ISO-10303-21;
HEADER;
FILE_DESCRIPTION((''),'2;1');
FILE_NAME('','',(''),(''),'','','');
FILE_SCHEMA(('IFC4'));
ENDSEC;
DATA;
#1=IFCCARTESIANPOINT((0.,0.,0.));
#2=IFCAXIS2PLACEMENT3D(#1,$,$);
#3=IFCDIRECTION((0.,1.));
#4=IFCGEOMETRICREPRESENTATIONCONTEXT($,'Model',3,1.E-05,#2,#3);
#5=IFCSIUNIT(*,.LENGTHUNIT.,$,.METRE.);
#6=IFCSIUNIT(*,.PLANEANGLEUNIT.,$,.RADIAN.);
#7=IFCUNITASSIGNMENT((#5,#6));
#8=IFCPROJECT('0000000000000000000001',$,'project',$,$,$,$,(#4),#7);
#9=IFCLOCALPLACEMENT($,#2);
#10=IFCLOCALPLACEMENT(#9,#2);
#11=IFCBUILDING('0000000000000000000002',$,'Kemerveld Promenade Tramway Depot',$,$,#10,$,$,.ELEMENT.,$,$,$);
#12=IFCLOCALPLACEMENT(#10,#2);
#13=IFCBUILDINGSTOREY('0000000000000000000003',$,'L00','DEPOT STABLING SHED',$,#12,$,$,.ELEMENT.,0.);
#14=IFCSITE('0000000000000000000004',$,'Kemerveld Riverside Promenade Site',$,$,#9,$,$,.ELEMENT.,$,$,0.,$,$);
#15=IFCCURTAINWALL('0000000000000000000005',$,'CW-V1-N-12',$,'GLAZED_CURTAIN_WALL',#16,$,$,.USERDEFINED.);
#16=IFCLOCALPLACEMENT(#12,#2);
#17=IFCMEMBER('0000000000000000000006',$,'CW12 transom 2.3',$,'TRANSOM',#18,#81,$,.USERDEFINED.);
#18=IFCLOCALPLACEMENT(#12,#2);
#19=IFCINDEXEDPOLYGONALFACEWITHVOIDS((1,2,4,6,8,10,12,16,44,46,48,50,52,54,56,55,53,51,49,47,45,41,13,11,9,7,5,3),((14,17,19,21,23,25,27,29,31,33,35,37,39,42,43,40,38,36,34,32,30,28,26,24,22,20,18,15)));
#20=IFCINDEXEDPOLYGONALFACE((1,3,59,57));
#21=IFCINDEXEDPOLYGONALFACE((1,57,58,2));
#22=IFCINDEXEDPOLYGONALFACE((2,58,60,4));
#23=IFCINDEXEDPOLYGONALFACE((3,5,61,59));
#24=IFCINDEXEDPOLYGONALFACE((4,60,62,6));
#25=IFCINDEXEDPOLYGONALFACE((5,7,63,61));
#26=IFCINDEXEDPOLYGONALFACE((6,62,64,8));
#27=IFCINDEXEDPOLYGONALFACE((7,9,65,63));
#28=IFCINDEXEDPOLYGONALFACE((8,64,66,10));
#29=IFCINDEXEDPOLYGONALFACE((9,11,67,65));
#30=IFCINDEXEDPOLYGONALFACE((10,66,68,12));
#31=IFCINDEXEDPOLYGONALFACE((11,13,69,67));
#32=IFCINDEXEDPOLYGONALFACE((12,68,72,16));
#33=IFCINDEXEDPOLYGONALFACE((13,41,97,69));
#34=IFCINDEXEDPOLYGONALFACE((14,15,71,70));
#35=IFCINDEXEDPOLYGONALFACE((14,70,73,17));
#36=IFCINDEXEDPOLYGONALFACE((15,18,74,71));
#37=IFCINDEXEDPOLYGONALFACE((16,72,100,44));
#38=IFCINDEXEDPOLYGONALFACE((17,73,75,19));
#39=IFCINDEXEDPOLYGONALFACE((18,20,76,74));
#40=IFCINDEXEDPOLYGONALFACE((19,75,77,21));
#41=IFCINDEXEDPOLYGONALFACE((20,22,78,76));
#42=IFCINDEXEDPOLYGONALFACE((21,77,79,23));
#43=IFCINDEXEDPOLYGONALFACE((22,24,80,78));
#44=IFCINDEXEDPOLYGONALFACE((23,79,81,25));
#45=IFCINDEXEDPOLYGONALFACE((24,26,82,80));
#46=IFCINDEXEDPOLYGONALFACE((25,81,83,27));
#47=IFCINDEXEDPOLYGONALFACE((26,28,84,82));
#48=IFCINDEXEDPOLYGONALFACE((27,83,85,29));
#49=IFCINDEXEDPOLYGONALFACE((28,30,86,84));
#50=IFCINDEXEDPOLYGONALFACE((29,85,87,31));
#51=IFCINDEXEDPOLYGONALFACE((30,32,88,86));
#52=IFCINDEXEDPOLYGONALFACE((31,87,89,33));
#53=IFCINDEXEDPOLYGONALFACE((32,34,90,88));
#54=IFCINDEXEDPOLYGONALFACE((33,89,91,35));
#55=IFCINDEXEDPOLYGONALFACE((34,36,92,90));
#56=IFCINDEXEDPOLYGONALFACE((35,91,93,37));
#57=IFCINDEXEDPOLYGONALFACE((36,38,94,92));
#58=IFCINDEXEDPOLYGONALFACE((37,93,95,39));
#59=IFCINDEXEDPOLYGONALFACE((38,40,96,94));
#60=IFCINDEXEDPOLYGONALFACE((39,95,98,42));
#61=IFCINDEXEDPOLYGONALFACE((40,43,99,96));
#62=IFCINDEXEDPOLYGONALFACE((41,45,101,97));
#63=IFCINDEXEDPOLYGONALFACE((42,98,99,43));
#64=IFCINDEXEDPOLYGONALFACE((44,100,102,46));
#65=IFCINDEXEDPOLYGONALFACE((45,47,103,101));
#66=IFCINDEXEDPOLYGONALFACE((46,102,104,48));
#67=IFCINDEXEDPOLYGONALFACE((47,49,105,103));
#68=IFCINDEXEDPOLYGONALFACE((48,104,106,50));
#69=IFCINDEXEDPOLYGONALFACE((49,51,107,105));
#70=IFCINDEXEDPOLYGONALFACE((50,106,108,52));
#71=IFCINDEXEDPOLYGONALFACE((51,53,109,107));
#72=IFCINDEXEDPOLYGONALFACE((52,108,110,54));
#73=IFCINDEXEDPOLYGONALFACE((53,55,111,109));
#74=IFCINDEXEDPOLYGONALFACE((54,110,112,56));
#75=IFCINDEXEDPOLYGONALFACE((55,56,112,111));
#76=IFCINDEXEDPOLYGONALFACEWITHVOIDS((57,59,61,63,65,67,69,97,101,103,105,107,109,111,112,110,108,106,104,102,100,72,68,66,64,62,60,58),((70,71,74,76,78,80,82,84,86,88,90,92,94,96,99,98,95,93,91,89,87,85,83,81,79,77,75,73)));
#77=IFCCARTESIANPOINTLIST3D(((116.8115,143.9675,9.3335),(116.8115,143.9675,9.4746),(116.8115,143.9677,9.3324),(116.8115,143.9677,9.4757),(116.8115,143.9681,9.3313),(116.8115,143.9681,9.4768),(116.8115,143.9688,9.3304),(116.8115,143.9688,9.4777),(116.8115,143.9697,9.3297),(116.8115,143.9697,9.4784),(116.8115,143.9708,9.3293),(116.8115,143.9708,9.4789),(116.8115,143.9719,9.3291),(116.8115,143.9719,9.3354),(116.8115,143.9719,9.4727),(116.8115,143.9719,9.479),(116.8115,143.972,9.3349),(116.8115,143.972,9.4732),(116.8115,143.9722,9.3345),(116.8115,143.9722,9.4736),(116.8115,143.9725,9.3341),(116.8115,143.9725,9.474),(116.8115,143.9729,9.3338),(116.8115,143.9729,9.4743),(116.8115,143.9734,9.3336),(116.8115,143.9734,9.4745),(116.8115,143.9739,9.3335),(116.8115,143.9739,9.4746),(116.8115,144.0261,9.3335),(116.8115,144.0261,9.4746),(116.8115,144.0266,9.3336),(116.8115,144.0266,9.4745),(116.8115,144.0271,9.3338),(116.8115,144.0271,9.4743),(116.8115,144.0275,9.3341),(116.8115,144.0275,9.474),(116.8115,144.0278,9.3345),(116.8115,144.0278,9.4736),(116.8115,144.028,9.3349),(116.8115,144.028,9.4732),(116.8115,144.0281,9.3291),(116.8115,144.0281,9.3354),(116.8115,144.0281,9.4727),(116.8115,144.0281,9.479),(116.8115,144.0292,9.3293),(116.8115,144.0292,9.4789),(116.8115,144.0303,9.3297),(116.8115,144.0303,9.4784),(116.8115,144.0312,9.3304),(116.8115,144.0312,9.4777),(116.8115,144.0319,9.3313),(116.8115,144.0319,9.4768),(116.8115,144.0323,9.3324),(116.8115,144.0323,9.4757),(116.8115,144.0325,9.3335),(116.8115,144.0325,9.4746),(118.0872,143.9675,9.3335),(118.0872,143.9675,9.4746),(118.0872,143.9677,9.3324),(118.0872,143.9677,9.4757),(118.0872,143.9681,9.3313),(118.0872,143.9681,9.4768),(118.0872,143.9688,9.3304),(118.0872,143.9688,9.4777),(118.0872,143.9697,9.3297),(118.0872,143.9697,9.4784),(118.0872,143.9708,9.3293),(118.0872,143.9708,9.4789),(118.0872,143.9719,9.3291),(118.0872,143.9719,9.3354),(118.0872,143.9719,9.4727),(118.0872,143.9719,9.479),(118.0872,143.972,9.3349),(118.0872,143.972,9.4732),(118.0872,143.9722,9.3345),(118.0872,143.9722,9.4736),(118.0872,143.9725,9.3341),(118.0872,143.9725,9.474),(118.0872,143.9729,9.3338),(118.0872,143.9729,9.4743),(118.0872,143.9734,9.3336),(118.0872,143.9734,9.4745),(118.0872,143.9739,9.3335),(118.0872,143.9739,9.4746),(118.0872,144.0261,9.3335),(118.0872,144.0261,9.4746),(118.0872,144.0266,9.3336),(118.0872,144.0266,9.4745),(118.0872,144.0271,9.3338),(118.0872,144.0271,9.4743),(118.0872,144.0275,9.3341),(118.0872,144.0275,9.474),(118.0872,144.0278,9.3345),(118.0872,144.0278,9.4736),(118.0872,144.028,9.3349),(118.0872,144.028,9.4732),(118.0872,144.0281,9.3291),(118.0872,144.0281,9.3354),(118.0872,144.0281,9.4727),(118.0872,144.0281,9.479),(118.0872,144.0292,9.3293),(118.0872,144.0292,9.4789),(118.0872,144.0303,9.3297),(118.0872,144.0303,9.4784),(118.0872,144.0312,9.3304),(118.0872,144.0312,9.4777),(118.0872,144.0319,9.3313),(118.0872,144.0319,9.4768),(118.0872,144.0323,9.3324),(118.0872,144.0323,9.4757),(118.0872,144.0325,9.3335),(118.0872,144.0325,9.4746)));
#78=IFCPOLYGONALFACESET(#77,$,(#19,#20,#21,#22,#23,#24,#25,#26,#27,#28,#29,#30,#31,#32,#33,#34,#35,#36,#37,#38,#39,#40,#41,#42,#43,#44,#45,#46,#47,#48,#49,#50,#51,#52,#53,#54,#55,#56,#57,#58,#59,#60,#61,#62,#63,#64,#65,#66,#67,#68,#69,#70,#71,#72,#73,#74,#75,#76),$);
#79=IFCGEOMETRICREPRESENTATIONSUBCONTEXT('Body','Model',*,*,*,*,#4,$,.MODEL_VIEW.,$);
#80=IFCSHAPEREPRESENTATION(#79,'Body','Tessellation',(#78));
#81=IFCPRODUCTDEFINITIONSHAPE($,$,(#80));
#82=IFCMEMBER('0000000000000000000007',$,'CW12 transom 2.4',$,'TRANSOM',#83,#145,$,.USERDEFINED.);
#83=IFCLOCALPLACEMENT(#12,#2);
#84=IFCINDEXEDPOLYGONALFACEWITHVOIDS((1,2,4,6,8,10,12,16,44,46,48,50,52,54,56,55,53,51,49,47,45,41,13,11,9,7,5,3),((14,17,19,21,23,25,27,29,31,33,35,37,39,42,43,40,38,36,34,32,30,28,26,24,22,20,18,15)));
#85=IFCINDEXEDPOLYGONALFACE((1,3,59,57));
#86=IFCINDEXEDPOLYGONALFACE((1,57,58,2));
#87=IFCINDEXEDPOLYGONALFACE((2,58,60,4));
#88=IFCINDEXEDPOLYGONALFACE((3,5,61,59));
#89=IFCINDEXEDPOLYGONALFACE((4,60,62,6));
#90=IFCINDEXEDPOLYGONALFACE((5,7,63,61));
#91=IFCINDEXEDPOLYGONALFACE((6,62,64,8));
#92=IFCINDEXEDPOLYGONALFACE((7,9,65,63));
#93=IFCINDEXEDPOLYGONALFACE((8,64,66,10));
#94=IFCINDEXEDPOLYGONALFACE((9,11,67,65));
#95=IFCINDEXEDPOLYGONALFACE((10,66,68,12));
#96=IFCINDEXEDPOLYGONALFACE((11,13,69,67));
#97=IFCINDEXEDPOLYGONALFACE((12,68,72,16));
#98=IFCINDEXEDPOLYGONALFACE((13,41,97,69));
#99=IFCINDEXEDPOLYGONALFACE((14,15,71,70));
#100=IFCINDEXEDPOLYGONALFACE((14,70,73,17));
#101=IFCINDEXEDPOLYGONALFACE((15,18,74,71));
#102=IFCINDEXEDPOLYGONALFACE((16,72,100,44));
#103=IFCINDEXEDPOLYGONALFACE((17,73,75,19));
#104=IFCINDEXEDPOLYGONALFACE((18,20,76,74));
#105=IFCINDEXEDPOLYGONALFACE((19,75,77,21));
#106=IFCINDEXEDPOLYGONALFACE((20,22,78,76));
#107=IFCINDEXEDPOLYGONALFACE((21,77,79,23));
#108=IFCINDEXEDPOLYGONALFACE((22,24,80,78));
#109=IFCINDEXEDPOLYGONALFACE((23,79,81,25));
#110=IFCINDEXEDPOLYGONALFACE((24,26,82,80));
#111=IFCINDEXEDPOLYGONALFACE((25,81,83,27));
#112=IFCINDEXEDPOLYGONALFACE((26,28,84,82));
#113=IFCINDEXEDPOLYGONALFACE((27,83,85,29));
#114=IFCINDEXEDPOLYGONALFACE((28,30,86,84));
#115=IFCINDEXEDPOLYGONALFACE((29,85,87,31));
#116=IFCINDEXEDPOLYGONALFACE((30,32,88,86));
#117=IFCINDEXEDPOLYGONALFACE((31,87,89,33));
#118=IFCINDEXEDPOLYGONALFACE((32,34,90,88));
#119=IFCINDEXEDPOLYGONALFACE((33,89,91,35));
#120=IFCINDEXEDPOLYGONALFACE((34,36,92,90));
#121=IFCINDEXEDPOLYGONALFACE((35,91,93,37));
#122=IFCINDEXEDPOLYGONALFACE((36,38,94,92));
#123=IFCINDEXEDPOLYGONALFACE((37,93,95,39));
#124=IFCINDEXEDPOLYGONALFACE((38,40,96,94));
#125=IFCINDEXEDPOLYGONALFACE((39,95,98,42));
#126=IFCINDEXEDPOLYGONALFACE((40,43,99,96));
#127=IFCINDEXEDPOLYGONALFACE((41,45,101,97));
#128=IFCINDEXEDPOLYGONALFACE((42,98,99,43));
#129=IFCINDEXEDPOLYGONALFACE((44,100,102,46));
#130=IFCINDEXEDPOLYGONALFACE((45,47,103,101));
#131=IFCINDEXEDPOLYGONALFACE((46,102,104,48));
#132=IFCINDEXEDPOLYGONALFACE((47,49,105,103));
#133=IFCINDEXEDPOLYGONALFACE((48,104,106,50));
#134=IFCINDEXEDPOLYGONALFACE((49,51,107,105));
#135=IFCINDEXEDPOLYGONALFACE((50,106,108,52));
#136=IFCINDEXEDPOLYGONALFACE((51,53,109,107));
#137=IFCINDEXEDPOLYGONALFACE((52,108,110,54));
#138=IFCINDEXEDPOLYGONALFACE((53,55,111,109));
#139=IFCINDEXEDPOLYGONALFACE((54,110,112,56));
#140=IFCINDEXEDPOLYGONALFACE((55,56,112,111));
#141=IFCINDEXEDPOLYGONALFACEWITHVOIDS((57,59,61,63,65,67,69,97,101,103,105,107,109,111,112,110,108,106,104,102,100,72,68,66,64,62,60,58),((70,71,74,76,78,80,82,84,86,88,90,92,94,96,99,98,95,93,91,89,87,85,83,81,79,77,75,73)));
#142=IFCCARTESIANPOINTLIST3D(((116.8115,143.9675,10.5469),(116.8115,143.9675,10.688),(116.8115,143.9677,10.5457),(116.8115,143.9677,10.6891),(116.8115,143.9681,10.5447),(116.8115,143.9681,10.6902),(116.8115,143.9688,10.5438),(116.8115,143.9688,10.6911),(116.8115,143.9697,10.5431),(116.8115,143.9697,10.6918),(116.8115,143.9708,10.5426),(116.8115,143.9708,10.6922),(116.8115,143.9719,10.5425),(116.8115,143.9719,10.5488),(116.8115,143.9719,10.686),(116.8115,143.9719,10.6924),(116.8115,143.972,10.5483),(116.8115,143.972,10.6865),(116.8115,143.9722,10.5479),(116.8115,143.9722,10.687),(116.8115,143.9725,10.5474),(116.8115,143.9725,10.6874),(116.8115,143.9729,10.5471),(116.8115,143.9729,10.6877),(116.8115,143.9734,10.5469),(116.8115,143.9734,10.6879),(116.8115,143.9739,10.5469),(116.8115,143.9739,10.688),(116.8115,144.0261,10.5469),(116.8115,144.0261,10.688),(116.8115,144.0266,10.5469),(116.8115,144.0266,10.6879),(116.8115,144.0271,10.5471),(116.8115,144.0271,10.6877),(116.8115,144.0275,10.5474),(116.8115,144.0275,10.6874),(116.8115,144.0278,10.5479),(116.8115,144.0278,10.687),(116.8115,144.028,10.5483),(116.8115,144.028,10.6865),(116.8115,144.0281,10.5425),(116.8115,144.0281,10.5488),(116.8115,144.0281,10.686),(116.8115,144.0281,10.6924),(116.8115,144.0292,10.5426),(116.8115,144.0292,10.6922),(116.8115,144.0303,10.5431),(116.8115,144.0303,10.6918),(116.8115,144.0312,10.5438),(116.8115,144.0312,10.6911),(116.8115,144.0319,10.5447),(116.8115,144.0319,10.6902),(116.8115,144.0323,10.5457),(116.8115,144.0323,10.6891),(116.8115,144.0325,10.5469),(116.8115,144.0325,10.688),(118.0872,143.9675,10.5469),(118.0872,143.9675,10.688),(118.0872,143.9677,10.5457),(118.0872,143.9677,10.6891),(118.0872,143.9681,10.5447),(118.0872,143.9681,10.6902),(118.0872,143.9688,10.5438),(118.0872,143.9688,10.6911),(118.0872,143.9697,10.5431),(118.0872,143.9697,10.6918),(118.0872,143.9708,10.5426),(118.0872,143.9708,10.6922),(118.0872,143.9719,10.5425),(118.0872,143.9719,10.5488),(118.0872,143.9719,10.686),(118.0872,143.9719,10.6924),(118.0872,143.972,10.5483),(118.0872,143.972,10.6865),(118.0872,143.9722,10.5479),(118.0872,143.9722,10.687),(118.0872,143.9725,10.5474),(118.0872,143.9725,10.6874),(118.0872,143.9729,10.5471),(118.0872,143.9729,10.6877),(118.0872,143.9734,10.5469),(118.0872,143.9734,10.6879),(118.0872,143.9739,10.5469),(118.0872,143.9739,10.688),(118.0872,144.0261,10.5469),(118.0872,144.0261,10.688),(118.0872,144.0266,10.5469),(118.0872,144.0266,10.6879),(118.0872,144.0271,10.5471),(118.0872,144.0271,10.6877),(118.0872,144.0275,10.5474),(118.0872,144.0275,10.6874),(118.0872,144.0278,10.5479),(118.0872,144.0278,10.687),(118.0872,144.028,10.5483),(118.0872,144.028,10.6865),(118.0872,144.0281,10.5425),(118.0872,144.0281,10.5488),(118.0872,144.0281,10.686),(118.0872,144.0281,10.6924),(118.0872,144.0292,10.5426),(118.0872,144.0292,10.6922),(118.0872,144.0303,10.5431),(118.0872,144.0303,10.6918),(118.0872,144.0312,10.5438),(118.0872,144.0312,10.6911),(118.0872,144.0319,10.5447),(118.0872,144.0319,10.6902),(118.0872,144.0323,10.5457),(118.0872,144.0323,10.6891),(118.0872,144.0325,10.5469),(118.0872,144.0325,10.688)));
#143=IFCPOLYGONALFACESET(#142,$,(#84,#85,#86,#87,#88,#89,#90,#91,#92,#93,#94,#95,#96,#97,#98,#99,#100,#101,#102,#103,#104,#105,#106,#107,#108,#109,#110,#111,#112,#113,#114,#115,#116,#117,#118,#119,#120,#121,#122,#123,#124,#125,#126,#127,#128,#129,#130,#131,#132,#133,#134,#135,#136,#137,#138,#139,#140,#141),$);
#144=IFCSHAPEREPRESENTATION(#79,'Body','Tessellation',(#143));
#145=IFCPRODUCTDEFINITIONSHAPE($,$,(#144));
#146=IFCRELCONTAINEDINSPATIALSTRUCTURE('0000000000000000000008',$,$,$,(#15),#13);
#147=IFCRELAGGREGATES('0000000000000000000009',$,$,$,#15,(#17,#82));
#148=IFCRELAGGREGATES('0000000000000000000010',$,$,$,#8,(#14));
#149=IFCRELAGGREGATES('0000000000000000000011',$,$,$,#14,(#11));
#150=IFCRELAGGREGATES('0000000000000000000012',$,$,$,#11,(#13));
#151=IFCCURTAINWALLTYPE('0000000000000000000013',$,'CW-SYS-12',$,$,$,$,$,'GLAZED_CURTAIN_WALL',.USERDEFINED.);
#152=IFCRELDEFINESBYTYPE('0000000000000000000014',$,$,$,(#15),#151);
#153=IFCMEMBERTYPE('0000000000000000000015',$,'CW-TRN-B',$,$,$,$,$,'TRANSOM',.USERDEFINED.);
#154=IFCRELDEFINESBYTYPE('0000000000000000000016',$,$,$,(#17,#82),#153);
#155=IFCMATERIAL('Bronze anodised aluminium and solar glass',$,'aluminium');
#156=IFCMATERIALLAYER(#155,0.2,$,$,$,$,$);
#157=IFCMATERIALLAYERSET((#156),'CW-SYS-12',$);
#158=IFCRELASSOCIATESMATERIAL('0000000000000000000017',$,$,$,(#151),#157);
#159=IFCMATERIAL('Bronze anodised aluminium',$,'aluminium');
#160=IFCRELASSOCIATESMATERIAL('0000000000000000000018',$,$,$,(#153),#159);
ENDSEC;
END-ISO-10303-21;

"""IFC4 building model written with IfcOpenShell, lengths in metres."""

from ifc_helpers import new_model, si_unit, direction, frame, origin, origin_2d, place, context, subcontext, project, spatial, hollow_rectangle, extrude, material, layer, layer_set, material_profile, profile_set, type_object, element, aggregate, save


model = new_model("IFC4")

# Units and contexts
model_context = context("Model", 3, precision=1e-05, world=origin(), true_north=direction((0.0, 1.0)))
body_context = subcontext(model_context, "Body", "Model", "MODEL_VIEW")
ifc_project = project(units=[si_unit("LENGTHUNIT", "METRE"), si_unit("PLANEANGLEUNIT", "RADIAN")], contexts=[model_context])

# Site, building, storey
site_placement = place(None, origin())
site = spatial("IfcSite", under=ifc_project, at=site_placement, Name="Kemerveld Riverside Promenade Site", CompositionType="ELEMENT", RefElevation=0.0)
building_placement = place(site_placement, origin())
building = spatial("IfcBuilding", under=site, at=building_placement, Name="Kemerveld Promenade Tramway Depot", CompositionType="ELEMENT")
storey_placement = place(building_placement, origin())
storey = spatial("IfcBuildingStorey", under=building, at=storey_placement, Name="L00", Description="DEPOT STABLING SHED", CompositionType="ELEMENT", Elevation=0.0)

# Curtain wall, members
ifc_material_1 = material(Name="Bronze anodised aluminium and solar glass", Category="aluminium")
ifc_layer_1 = layer(ifc_material_1, 0.2)
ifc_layer_set_1 = layer_set([ifc_layer_1], Name="CW-SYS-12")
curtain_wall_type_1 = type_object("IfcCurtainWallType", Name="CW-SYS-12", ElementType="GLAZED_CURTAIN_WALL", PredefinedType="USERDEFINED", material=ifc_layer_set_1)
curtain_wall_1_placement = place(storey_placement, origin())
curtain_wall_1 = element("IfcCurtainWall", 1, at=curtain_wall_1_placement, inside=storey, type_object=curtain_wall_type_1, Name="CW-V1-N-12", ObjectType="GLAZED_CURTAIN_WALL", PredefinedType="USERDEFINED")
ifc_material_2 = material(Name="Bronze anodised aluminium", Category="aluminium")
ifc_material_profile_1 = material_profile(ifc_material_2, hollow_rectangle(XDim=0.0649, YDim=0.1499, WallThickness=0.0044, InnerFilletRadius=0.002, OuterFilletRadius=0.0044, at=origin_2d()), Name="CW-TRN-150x65")
ifc_profile_set_1 = profile_set([ifc_material_profile_1], Name="Bronze anodised aluminium")
member_type_1 = type_object("IfcMemberType", Name="CW-TRN-B", ElementType="TRANSOM", PredefinedType="USERDEFINED", material=ifc_profile_set_1)
member_1_placement = place(storey_placement, frame((116.8115, 144.0, 9.4041), z_axis=(1.0, 0.0, 0.0), x_axis=(0.0, 1.0, 0.0)))
member_1 = element("IfcMember", 2, at=member_1_placement, type_object=member_type_1, Name="CW12 transom 2.3", ObjectType="TRANSOM", PredefinedType="USERDEFINED", context=body_context, shape_type="SweptSolid", body=[
    extrude(hollow_rectangle(XDim=0.0649, YDim=0.1499, WallThickness=0.0044, InnerFilletRadius=0.002, OuterFilletRadius=0.0044, at=origin_2d()), origin(), (0.0, 0.0, 1.0), 1.2756),
])
member_2_placement = place(storey_placement, frame((116.8115, 144.0, 10.6174), z_axis=(1.0, 0.0, 0.0), x_axis=(0.0, 1.0, 0.0)))
member_2 = element("IfcMember", 3, at=member_2_placement, type_object=member_type_1, Name="CW12 transom 2.4", ObjectType="TRANSOM", PredefinedType="USERDEFINED", context=body_context, shape_type="SweptSolid", body=[
    extrude(hollow_rectangle(XDim=0.0649, YDim=0.1499, WallThickness=0.0044, InnerFilletRadius=0.002, OuterFilletRadius=0.0044, at=origin_2d()), origin(), (0.0, 0.0, 1.0), 1.2756),
])

aggregate(curtain_wall_1, [member_1, member_2])

save(model, "model.ifc")
